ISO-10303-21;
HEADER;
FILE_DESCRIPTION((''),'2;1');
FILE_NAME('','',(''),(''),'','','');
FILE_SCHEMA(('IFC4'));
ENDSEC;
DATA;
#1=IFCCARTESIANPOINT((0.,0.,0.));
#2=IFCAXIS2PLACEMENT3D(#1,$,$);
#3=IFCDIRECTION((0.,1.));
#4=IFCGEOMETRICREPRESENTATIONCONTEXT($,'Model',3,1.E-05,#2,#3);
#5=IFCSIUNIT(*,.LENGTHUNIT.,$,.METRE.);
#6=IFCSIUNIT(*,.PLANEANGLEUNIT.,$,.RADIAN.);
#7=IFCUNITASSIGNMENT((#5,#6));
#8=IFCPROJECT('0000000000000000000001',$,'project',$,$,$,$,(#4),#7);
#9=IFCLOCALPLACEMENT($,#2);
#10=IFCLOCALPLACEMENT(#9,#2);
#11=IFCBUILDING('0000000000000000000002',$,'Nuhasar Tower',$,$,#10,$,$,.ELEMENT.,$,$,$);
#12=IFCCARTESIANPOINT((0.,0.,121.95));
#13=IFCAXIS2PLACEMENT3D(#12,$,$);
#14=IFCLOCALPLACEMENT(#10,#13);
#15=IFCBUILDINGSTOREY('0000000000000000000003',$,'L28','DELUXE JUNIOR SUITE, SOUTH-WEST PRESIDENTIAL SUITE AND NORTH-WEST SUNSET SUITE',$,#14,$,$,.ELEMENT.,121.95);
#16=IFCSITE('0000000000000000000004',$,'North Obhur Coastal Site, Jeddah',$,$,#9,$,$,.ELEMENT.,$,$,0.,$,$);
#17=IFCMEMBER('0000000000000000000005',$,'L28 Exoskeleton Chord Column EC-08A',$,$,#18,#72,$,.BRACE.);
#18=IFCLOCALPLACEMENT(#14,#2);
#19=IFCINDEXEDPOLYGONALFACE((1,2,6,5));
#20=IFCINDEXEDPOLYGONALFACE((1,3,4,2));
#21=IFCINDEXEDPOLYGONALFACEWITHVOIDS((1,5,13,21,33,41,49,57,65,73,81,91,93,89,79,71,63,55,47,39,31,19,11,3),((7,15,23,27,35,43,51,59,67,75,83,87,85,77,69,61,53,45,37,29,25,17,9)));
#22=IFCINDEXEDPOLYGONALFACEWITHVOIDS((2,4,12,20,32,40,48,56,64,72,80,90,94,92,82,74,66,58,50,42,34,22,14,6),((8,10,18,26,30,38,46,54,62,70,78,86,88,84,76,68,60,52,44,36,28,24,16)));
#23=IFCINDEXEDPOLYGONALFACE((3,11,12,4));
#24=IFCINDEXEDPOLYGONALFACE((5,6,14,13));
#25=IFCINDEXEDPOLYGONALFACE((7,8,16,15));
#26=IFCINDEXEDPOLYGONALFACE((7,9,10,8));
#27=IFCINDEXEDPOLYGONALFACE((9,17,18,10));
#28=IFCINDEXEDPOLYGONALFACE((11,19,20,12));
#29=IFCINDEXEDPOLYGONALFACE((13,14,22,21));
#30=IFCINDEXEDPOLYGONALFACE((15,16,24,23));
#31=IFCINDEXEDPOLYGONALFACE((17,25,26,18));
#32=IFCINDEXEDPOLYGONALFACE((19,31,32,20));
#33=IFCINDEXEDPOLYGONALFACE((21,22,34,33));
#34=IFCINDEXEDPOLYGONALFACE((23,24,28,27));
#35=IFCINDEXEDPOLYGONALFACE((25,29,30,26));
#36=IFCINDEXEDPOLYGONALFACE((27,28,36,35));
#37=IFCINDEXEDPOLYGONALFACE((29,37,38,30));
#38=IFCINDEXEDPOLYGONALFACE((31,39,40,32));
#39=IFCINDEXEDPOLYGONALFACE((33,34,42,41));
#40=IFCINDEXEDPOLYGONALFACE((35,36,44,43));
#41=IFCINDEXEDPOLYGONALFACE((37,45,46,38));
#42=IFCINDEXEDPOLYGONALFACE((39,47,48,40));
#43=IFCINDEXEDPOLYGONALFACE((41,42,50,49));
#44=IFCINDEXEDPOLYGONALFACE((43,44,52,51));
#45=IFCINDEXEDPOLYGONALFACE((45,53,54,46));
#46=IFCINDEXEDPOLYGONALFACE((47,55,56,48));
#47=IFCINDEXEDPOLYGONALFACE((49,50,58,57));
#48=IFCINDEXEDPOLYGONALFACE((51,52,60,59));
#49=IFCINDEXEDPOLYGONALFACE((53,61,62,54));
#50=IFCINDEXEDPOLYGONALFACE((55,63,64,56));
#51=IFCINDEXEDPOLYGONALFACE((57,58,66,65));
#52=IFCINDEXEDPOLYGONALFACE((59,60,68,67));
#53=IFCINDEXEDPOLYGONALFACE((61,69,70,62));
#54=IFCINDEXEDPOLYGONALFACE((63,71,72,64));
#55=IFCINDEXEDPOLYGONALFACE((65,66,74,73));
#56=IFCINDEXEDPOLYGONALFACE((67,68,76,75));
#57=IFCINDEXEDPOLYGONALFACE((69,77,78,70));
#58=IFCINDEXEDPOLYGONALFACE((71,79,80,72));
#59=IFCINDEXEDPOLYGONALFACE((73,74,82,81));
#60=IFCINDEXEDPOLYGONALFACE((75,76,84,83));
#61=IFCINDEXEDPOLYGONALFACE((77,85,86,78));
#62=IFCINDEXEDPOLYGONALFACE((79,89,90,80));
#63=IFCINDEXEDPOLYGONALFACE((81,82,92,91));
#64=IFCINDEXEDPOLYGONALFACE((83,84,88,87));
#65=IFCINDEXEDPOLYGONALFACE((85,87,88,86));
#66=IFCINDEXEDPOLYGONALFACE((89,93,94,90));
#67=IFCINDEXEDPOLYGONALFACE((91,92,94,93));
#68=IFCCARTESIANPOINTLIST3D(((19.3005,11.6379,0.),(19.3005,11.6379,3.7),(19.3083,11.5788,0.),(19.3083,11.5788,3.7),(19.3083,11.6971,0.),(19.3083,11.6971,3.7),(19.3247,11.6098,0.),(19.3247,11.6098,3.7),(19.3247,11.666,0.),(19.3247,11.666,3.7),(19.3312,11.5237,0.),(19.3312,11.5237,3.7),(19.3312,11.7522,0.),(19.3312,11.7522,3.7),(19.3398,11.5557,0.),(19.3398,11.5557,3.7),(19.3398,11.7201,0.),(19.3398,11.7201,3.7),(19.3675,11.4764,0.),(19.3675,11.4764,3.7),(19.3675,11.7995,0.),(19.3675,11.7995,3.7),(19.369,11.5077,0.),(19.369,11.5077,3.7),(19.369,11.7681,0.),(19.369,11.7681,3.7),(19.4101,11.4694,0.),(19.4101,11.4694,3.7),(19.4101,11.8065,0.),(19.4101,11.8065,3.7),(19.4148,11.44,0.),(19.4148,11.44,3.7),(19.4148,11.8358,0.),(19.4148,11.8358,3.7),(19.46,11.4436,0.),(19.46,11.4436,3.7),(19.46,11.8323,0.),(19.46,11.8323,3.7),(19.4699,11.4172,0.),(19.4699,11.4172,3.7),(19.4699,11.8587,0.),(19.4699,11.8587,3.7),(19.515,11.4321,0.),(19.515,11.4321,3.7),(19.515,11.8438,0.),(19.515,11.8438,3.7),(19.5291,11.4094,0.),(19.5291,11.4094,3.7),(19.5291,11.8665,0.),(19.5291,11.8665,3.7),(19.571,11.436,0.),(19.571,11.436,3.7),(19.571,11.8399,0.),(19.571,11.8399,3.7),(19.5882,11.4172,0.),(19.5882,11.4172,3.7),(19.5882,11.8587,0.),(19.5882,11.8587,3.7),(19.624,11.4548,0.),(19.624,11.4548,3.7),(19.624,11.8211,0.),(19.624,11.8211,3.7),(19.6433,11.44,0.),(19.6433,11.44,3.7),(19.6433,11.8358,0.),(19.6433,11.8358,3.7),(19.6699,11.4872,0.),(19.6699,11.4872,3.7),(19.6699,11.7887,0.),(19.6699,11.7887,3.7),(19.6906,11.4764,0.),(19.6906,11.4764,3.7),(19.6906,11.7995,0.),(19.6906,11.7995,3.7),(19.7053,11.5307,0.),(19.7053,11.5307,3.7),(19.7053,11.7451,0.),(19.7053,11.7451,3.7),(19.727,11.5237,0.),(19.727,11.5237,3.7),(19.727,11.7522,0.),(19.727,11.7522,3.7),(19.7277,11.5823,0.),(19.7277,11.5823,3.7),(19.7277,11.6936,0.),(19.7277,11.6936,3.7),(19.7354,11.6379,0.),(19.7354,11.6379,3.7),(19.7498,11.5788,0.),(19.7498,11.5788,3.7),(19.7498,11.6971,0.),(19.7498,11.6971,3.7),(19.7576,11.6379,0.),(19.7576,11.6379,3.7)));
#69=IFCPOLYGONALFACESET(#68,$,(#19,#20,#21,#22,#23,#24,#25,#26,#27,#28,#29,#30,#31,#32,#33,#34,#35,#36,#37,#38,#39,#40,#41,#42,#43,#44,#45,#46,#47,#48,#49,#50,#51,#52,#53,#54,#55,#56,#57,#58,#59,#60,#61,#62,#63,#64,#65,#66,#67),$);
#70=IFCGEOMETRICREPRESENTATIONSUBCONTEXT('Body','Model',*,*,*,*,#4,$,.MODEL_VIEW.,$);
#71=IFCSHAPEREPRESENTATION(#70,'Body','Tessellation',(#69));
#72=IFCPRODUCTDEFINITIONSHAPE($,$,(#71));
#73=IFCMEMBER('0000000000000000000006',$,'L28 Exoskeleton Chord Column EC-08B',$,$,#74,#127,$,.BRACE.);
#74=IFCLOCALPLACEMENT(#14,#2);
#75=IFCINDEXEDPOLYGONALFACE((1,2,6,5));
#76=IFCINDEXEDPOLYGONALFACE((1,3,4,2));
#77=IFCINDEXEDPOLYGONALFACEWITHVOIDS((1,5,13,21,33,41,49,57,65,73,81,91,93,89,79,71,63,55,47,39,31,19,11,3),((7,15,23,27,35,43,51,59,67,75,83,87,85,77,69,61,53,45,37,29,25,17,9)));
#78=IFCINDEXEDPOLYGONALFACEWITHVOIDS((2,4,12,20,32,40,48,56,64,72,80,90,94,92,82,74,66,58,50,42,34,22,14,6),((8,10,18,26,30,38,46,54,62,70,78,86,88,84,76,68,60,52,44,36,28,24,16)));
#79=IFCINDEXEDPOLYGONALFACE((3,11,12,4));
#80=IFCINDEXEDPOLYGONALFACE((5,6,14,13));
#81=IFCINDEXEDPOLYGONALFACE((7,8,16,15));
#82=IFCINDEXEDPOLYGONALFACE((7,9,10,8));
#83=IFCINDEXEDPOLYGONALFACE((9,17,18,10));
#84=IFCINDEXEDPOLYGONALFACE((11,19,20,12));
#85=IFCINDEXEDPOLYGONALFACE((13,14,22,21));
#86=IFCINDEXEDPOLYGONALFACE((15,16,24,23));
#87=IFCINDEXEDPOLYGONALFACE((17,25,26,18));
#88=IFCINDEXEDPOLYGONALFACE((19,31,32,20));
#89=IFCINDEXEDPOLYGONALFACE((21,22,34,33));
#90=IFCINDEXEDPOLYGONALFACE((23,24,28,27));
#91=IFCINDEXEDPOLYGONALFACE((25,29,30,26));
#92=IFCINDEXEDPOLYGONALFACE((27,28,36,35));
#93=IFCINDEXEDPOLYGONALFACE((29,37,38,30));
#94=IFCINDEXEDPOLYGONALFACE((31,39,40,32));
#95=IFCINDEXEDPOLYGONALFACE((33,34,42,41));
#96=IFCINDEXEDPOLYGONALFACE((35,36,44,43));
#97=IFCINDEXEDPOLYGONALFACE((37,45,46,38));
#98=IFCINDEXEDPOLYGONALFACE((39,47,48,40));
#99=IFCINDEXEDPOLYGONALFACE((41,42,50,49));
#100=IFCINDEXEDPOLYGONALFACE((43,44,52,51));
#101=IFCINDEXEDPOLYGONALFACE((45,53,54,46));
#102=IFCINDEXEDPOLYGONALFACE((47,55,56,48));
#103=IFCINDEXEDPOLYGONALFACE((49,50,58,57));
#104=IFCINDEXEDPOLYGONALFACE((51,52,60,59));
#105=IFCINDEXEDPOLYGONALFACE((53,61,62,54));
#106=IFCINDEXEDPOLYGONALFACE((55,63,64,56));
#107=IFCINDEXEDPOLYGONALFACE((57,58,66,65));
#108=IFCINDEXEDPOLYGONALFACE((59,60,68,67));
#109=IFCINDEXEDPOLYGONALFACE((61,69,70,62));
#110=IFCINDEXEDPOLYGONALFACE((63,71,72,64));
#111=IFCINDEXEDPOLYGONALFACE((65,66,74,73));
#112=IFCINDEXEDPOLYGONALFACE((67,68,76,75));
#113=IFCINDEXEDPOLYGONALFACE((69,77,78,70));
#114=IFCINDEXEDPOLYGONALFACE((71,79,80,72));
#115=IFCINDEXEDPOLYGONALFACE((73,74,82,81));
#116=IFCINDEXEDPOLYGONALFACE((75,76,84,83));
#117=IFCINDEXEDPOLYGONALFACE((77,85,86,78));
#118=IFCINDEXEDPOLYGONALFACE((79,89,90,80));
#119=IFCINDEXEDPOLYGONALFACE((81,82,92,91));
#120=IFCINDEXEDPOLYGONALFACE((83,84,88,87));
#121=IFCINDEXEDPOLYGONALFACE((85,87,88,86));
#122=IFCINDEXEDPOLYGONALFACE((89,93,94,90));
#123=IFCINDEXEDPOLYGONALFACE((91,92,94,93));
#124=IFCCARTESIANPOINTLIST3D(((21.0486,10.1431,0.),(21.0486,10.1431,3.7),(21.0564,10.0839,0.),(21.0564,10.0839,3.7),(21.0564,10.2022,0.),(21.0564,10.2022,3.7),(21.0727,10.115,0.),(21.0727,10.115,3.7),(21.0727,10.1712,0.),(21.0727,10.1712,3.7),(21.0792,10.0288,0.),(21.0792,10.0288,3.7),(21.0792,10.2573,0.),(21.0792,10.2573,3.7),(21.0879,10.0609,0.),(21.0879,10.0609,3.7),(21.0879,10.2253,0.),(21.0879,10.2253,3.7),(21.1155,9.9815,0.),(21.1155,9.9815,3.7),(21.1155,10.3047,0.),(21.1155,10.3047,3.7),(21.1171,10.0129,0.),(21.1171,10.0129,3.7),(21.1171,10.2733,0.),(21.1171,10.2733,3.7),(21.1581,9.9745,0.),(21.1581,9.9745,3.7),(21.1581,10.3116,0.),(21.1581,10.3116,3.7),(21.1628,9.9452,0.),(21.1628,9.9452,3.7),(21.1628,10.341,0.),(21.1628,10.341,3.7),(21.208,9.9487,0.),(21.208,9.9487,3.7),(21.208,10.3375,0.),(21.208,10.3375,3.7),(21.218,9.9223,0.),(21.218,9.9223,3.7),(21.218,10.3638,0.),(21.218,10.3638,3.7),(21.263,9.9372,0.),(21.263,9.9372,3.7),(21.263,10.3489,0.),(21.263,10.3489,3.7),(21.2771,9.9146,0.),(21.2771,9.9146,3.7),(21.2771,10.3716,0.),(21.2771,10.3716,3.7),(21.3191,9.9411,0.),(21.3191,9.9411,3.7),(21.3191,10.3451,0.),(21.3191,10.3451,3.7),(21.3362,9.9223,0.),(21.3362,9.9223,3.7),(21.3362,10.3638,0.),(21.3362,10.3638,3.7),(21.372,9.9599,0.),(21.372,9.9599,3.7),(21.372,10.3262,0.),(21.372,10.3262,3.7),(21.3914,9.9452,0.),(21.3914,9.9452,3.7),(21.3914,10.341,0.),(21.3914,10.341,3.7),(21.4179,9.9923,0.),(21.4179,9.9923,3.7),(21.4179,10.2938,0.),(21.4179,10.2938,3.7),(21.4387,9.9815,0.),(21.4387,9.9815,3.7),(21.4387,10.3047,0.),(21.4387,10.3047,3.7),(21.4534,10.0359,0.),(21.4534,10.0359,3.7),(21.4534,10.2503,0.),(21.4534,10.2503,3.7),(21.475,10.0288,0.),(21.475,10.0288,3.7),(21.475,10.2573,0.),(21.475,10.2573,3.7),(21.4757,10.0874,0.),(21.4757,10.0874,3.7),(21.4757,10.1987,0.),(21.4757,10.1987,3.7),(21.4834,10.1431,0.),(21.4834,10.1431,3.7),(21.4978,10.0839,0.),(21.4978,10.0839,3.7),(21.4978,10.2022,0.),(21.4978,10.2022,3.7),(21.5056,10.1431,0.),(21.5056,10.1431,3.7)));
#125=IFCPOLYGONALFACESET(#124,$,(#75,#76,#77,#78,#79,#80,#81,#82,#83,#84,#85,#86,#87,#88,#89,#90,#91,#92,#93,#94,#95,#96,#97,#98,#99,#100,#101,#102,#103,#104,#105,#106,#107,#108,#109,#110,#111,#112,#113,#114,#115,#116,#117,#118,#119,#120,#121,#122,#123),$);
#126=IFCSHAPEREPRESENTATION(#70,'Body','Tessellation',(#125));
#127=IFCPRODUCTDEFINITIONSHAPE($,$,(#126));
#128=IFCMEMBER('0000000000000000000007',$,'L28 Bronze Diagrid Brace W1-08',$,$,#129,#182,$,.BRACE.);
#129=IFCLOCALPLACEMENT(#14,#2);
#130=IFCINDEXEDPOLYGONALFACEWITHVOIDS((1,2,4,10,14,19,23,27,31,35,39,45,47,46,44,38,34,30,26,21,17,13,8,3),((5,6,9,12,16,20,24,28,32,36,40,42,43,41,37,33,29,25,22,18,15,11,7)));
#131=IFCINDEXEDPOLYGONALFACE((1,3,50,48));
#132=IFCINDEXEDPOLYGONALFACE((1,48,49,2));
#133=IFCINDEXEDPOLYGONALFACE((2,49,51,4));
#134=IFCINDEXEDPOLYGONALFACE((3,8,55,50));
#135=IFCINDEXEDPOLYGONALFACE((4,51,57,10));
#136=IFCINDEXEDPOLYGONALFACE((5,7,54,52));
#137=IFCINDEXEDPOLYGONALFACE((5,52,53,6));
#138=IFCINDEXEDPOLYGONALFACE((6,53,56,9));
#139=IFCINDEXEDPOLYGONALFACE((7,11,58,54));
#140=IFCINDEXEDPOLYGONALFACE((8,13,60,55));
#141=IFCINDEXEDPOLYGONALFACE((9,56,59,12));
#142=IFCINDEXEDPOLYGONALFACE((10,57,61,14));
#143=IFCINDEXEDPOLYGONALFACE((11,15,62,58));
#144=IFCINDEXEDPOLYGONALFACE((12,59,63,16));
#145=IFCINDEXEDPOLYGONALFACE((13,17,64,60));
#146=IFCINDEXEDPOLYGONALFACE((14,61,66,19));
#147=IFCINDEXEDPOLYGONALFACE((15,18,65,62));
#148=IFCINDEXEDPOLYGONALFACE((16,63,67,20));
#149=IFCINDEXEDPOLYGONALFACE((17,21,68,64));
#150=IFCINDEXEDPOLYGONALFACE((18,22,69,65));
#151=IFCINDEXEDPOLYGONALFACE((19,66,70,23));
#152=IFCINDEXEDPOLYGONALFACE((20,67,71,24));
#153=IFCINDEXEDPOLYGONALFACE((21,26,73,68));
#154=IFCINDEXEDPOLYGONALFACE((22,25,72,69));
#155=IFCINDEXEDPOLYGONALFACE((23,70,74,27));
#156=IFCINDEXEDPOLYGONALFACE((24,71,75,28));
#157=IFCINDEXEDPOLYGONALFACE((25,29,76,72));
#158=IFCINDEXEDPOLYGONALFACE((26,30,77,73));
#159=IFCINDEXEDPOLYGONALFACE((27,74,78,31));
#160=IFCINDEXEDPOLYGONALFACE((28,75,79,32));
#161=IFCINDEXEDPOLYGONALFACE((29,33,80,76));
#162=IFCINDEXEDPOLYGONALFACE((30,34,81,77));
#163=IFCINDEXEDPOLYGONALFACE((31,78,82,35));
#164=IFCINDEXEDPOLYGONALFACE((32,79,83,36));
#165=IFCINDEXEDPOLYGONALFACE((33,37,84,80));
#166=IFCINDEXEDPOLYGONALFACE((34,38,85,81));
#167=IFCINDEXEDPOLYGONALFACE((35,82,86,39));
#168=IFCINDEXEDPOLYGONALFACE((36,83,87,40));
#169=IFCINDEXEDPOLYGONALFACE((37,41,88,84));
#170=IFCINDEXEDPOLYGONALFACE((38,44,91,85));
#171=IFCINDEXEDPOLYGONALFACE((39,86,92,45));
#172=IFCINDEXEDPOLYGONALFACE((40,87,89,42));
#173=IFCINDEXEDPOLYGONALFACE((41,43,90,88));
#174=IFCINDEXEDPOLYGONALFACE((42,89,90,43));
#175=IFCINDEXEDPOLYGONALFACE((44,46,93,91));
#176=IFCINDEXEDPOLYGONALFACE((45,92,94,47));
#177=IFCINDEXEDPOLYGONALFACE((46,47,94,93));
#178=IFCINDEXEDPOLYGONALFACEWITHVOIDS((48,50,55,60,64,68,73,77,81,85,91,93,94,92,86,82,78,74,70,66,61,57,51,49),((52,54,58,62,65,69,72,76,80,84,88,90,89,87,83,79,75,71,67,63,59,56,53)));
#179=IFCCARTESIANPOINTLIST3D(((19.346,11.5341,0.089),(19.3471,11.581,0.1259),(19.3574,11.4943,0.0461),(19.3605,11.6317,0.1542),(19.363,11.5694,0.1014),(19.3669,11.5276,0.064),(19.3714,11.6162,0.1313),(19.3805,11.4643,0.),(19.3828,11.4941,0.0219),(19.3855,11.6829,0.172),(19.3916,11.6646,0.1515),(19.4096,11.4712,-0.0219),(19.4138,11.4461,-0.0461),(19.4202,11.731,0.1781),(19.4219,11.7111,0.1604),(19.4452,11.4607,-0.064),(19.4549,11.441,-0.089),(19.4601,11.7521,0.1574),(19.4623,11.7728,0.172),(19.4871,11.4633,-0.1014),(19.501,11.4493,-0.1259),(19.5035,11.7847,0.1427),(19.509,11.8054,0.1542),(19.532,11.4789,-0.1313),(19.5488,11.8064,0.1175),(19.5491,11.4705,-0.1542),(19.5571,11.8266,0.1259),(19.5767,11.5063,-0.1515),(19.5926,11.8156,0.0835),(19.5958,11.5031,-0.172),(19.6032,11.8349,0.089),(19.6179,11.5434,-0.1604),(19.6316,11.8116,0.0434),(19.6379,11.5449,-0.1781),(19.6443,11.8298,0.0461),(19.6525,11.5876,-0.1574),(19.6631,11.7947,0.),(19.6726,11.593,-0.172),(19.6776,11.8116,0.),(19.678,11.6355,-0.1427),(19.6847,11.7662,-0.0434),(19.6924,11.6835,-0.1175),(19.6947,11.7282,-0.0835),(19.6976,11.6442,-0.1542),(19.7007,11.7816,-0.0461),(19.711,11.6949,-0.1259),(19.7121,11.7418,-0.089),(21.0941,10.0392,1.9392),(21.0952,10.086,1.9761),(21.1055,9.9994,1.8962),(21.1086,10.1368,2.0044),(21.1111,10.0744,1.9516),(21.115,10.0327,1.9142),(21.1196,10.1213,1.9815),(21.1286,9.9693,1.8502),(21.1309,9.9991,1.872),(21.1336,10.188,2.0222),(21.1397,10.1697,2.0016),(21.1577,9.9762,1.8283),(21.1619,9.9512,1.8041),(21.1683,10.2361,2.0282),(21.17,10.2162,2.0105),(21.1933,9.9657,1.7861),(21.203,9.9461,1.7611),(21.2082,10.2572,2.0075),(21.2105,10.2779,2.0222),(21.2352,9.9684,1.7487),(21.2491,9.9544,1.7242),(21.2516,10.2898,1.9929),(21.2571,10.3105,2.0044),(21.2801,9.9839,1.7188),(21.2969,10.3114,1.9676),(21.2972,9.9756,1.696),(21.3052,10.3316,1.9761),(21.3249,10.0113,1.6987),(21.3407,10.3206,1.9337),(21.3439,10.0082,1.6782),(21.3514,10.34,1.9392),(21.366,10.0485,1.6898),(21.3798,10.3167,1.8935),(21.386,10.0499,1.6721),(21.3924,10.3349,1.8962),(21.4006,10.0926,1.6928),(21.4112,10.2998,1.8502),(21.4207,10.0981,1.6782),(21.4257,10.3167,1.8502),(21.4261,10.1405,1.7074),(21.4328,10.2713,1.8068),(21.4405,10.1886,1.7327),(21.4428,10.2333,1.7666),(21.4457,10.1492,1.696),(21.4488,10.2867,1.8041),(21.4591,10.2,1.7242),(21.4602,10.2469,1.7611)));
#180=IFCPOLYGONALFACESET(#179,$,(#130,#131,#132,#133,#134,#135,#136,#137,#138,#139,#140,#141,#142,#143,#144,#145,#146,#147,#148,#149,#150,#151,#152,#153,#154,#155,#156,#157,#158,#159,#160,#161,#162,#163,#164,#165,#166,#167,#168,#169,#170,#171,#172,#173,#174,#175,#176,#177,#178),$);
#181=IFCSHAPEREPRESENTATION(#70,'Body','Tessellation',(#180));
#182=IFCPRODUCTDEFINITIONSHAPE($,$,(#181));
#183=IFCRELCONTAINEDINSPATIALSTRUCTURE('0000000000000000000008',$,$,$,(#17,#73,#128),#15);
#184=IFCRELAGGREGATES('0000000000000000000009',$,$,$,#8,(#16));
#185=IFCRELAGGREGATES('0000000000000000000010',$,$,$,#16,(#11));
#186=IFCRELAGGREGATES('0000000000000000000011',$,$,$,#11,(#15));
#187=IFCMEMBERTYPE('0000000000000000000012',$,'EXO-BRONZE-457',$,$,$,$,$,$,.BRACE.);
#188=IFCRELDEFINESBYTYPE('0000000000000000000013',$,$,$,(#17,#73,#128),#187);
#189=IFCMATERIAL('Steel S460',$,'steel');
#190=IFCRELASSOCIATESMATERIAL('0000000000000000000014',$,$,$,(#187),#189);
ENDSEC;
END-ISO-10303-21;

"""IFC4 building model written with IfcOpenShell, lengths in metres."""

from ifc_helpers import new_model, si_unit, direction, frame, origin, origin_2d, place, context, subcontext, project, spatial, hollow_circle, extrude, material, material_profile, profile_set, type_object, element, save


model = new_model("IFC4")

# Units and contexts
model_context = context("Model", 3, precision=1e-05, world=origin(), true_north=direction((0.0, 1.0)))
body_context = subcontext(model_context, "Body", "Model", "MODEL_VIEW")
ifc_project = project(units=[si_unit("LENGTHUNIT", "METRE"), si_unit("PLANEANGLEUNIT", "RADIAN")], contexts=[model_context])

# Site, building, storey
site_placement = place(None, origin())
site = spatial("IfcSite", under=ifc_project, at=site_placement, Name="North Obhur Coastal Site, Jeddah", CompositionType="ELEMENT", RefElevation=0.0)
building_placement = place(site_placement, origin())
building = spatial("IfcBuilding", under=site, at=building_placement, Name="Nuhasar Tower", CompositionType="ELEMENT")
storey_placement = place(building_placement, frame((0.0, 0.0, 121.95)))
storey = spatial("IfcBuildingStorey", under=building, at=storey_placement, Name="L28", Description="DELUXE JUNIOR SUITE, SOUTH-WEST PRESIDENTIAL SUITE AND NORTH-WEST SUNSET SUITE", CompositionType="ELEMENT", Elevation=121.95)

# Members
ifc_material_1 = material(Name="Steel S460", Category="steel")
ifc_material_profile_1 = material_profile(ifc_material_1, hollow_circle(Radius=0.2285, WallThickness=0.0222, at=origin_2d()), Name="HSS457X22.2")
ifc_profile_set_1 = profile_set([ifc_material_profile_1], Name="Steel S460")
member_type_1 = type_object("IfcMemberType", Name="EXO-BRONZE-457", PredefinedType="BRACE", material=ifc_profile_set_1)
for number, where, z_axis, x_axis, name in (
    (1, (19.5291, 11.6379, 0.0), (0.0, 0.0, 1.0), (1.0, 0.0, 0.0), "L28 Exoskeleton Chord Column EC-08A"),
    (2, (21.2771, 10.1431, 0.0), (0.0, 0.0, 1.0), (1.0, 0.0, 0.0), "L28 Exoskeleton Chord Column EC-08B"),
):
    element("IfcMember", number, at=place(storey_placement, frame(where, z_axis=z_axis, x_axis=x_axis)), inside=storey, type_object=member_type_1, Name=name, PredefinedType="BRACE", context=body_context, shape_type="SweptSolid", body=[
        extrude(hollow_circle(Radius=0.2285, WallThickness=0.0222, at=origin_2d()), origin(), (0.0, 0.0, 1.0), 3.7),
    ])
member_1_placement = place(storey_placement, frame((19.5291, 11.6379, 0.0), z_axis=(0.592195, -0.506426, 0.626767), x_axis=(0.649926, 0.759998, 0.0)))
element("IfcMember", 3, at=member_1_placement, inside=storey, type_object=member_type_1, Name="L28 Bronze Diagrid Brace W1-08", PredefinedType="BRACE", context=body_context, shape_type="SweptSolid", body=[
    extrude(hollow_circle(Radius=0.2285, WallThickness=0.0222, at=origin_2d()), origin(), (0.0, 0.0, 1.0), 2.9519),
])

save(model, "model.ifc")
